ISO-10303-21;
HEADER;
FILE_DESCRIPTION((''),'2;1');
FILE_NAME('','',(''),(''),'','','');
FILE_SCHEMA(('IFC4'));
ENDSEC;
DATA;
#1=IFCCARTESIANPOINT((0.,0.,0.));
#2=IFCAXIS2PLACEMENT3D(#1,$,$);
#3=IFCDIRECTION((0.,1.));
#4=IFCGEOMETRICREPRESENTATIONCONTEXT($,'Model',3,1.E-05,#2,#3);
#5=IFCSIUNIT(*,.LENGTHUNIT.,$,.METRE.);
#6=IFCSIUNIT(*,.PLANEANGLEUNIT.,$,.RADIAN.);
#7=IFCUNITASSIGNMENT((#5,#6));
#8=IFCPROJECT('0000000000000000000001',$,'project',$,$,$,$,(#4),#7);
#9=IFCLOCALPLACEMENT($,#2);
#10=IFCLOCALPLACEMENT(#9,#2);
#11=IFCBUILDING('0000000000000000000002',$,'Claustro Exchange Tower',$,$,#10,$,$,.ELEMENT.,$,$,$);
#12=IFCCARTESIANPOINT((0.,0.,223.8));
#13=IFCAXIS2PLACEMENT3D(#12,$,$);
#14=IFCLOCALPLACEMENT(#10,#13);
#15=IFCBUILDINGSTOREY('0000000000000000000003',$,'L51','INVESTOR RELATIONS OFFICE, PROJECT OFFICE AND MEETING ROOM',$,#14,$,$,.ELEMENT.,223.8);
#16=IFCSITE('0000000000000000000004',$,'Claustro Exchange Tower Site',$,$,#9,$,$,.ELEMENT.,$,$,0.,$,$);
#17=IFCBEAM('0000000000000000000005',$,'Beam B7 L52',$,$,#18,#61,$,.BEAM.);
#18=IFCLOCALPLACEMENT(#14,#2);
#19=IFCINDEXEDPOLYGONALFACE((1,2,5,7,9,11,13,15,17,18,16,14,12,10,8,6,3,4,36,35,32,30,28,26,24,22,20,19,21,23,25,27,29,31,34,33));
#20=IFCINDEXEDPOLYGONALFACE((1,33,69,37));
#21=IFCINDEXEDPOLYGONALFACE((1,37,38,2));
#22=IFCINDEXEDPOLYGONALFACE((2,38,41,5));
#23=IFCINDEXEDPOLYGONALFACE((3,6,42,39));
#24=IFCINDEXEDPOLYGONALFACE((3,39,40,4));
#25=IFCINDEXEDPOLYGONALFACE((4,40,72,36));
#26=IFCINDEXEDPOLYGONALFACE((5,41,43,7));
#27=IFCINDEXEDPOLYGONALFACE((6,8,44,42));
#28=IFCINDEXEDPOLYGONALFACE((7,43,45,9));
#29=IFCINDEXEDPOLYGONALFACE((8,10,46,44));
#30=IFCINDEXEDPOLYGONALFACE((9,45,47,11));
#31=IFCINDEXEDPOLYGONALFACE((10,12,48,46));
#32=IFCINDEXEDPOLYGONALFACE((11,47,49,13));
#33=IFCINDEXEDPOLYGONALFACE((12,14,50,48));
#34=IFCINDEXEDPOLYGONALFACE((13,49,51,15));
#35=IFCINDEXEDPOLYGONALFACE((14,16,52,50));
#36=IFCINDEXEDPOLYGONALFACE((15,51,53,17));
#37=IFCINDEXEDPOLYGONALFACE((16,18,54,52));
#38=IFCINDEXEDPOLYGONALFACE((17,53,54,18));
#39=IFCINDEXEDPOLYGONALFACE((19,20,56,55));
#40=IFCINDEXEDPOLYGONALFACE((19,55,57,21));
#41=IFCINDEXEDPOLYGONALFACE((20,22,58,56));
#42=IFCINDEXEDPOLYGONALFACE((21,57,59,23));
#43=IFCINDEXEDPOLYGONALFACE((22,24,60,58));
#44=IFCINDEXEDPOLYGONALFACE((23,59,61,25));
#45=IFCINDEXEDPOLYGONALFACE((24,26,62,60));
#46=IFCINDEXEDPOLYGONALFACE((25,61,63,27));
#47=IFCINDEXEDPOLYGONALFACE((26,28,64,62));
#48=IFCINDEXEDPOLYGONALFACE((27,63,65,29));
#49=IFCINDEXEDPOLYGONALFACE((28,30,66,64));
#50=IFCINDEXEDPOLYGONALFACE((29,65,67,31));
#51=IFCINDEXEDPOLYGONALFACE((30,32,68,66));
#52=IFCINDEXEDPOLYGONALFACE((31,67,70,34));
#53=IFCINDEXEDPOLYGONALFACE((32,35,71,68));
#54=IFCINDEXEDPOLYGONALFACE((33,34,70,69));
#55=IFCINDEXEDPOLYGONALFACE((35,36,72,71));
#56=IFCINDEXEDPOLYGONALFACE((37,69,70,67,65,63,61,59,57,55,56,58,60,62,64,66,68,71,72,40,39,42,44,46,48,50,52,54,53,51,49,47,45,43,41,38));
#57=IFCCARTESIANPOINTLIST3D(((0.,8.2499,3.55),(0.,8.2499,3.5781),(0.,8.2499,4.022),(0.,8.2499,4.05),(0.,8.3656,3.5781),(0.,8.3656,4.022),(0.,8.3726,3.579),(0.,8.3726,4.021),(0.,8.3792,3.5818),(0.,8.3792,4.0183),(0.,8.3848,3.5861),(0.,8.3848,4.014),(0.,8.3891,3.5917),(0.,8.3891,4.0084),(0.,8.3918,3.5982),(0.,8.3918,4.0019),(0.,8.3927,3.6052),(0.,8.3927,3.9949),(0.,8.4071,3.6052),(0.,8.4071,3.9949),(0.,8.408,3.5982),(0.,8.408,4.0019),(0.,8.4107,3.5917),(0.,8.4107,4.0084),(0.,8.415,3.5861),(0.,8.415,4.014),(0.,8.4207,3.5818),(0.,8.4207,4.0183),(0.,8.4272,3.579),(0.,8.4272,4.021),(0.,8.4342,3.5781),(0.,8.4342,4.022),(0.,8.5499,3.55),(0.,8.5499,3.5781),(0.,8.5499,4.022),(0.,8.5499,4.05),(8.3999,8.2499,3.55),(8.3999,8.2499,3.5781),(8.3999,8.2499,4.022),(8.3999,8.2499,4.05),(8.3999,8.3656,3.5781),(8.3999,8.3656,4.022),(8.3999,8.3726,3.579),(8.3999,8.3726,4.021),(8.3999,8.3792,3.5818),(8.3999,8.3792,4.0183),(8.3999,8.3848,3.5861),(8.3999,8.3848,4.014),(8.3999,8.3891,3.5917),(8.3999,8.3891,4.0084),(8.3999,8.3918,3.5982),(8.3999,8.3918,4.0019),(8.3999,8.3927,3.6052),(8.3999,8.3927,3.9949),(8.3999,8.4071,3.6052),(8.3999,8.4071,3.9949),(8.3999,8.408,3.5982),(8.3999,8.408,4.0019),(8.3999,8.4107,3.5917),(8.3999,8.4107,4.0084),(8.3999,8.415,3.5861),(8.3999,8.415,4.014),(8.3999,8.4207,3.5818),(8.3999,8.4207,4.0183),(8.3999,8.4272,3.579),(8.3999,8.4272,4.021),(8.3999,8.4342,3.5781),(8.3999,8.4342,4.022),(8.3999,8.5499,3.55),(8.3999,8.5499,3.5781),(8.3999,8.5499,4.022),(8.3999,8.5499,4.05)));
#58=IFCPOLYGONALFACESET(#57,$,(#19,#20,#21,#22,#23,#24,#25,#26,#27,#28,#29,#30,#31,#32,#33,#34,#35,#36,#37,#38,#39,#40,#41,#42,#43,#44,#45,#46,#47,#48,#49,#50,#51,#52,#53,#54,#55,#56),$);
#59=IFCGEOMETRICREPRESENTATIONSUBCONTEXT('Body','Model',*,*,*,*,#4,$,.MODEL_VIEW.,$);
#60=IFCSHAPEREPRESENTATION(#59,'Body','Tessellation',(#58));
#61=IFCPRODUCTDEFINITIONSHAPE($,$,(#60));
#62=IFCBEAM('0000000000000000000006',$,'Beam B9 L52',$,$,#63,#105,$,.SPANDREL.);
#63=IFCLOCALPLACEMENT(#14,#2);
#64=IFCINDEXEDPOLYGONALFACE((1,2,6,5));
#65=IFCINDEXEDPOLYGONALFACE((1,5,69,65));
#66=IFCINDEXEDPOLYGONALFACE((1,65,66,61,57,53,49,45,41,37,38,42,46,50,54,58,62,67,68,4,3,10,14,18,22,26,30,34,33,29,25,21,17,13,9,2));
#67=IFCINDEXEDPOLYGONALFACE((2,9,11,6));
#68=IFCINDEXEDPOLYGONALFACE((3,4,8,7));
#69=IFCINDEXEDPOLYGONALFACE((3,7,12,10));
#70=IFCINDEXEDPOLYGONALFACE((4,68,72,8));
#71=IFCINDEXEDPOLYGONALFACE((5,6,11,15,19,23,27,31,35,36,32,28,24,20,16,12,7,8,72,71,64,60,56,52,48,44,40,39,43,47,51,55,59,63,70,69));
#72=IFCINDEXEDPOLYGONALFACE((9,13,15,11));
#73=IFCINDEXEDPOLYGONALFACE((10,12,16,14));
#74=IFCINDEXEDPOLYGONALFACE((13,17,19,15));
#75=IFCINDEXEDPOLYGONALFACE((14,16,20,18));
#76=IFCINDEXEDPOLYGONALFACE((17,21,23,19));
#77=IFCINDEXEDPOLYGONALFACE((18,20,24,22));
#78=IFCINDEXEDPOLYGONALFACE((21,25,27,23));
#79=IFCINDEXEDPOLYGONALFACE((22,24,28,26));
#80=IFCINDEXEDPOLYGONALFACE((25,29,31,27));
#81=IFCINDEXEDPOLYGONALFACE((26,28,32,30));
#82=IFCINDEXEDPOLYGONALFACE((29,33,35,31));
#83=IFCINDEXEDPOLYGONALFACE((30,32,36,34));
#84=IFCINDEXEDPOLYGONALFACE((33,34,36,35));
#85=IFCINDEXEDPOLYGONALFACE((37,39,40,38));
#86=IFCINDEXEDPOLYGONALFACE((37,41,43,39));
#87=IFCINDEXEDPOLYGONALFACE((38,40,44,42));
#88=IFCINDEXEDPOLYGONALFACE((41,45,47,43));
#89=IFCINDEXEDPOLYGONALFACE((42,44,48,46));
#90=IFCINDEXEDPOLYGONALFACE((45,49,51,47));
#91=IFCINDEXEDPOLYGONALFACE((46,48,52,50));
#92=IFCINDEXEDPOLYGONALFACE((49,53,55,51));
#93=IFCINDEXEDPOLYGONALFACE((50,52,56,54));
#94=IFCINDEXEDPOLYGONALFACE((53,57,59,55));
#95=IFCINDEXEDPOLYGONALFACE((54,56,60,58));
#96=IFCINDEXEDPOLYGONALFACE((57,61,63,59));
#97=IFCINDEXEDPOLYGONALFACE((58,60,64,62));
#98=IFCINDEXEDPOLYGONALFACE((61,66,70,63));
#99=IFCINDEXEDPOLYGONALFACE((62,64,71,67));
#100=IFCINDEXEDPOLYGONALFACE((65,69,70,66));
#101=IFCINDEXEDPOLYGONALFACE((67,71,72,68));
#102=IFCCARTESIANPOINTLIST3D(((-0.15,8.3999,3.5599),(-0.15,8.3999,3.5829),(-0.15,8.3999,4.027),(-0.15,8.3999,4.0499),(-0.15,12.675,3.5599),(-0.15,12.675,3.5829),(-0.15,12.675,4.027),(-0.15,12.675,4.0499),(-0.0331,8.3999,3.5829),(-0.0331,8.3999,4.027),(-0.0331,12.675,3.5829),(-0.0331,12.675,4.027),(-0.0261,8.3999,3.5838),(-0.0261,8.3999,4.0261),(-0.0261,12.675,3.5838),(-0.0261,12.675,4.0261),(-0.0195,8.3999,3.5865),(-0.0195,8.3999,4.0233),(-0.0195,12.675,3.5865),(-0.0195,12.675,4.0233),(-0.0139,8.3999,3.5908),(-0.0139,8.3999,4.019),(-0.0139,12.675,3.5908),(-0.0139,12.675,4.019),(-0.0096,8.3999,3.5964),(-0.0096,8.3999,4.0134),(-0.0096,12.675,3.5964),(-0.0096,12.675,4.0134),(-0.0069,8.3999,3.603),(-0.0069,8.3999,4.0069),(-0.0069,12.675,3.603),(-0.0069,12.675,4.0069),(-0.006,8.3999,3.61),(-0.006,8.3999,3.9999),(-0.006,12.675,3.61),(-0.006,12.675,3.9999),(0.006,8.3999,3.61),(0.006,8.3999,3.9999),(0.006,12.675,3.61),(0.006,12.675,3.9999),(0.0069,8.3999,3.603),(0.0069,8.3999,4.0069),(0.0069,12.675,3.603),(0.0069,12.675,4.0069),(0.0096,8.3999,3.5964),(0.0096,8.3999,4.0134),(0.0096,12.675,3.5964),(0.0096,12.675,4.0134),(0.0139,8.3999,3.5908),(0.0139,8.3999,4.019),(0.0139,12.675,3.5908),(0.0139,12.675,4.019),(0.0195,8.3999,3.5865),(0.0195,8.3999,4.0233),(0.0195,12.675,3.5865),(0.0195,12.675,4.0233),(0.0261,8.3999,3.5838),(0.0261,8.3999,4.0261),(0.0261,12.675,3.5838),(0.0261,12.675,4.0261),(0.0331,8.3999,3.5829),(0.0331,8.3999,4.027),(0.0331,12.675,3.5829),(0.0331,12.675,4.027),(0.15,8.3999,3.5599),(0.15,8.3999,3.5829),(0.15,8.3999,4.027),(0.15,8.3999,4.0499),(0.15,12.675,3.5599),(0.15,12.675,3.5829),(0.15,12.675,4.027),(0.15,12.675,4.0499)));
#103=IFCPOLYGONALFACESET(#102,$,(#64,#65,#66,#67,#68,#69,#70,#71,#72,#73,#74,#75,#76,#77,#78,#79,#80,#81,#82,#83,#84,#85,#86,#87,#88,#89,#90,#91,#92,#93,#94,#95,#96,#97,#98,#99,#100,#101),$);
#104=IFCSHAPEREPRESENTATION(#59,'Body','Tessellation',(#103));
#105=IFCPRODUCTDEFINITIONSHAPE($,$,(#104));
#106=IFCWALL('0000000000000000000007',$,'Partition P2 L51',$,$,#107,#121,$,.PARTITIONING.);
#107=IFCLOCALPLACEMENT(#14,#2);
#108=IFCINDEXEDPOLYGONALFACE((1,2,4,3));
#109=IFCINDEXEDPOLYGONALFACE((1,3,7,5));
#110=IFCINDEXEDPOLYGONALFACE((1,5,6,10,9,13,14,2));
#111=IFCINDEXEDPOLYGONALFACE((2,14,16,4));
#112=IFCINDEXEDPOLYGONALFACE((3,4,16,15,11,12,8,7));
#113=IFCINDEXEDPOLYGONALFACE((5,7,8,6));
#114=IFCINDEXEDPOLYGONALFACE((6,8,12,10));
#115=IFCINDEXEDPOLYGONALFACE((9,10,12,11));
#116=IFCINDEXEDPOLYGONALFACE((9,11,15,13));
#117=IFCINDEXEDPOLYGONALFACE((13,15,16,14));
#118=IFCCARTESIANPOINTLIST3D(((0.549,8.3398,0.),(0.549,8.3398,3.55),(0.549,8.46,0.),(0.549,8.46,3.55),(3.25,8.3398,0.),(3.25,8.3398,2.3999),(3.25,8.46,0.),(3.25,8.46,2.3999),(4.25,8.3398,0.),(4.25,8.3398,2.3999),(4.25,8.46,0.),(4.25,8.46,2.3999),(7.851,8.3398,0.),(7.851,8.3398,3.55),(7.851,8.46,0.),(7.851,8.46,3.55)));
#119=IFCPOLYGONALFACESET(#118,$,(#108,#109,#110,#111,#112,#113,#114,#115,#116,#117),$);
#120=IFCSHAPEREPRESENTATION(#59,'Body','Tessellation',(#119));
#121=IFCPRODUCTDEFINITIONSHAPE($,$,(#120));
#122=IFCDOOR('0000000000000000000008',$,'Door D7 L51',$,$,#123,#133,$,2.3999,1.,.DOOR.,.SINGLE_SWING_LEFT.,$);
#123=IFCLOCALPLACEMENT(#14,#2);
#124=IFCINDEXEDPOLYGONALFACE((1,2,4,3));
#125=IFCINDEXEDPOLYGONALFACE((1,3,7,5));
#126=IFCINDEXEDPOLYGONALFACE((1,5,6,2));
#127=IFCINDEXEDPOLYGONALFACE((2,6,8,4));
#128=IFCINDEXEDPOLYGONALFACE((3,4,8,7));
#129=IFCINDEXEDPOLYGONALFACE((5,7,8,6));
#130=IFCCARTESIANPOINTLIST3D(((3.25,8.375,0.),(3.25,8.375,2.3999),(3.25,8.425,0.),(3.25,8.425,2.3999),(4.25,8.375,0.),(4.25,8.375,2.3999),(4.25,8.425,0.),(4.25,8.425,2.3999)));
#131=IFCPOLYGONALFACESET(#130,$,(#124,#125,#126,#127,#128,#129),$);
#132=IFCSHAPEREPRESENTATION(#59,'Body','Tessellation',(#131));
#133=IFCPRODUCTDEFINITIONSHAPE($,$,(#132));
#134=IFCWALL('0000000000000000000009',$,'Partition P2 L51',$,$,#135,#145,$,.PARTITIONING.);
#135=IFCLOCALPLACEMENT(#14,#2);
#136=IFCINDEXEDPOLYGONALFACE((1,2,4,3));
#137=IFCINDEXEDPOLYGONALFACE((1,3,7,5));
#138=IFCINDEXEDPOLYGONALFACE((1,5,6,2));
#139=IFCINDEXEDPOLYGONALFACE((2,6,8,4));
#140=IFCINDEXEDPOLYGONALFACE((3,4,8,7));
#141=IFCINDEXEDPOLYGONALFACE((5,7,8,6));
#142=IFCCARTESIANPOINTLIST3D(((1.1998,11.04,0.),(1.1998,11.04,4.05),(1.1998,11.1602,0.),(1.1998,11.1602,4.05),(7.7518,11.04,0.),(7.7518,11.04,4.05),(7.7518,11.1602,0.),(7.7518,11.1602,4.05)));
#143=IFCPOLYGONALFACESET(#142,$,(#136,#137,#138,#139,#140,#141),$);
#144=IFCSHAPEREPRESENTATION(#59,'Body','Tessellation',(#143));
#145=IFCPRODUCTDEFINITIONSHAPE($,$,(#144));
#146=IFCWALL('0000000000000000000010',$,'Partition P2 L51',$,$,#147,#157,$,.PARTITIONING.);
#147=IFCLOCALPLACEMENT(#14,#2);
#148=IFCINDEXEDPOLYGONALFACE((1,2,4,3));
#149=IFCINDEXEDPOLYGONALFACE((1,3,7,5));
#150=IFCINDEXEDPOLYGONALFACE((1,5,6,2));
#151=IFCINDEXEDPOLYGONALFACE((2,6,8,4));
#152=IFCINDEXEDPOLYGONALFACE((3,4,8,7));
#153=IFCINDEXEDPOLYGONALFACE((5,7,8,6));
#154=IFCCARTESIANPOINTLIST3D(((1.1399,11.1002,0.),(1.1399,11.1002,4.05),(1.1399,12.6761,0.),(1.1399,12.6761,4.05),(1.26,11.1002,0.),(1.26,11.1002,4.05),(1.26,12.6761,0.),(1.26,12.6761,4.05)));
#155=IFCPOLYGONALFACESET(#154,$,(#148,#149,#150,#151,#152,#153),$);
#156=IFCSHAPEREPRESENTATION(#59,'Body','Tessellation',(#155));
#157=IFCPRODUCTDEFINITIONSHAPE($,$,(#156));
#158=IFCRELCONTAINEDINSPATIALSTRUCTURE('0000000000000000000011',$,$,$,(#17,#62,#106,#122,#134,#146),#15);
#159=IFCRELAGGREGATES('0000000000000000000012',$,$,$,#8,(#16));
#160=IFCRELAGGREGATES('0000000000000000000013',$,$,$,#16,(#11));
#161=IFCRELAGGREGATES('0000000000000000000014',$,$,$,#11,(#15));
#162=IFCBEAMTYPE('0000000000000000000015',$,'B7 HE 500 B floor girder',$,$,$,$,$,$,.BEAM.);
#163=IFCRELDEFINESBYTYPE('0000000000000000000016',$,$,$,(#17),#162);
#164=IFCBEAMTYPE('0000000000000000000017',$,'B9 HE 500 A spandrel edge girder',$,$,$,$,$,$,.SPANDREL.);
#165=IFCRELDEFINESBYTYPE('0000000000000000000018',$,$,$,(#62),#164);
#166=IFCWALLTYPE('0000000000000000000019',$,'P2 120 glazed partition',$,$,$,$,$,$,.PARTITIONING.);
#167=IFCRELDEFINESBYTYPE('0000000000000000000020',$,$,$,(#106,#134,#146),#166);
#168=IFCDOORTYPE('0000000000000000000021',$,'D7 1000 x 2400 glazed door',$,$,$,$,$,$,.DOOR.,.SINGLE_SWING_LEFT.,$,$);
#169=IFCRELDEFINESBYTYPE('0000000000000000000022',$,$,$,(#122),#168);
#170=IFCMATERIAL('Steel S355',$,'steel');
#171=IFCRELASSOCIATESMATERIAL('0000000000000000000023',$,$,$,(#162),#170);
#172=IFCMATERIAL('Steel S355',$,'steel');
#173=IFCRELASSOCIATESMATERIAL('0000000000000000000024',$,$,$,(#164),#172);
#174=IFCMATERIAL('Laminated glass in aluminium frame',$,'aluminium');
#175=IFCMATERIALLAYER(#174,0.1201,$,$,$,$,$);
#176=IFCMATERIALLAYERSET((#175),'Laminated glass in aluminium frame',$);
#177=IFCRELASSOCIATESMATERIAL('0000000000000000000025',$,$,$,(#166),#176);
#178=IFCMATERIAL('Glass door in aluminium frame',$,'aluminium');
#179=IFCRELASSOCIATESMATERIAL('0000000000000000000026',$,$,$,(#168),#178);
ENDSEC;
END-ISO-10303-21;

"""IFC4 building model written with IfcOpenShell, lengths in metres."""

from ifc_helpers import new_model, si_unit, direction, frame, frame_2d, origin, origin_2d, place, context, subcontext, project, spatial, rectangle, i_section, extrude, material, layer, layer_set, material_profile, profile_set, type_object, element, fill, save


model = new_model("IFC4")

# Units and contexts
model_context = context("Model", 3, precision=1e-05, world=origin(), true_north=direction((0.0, 1.0)))
body_context = subcontext(model_context, "Body", "Model", "MODEL_VIEW")
ifc_project = project(units=[si_unit("LENGTHUNIT", "METRE"), si_unit("PLANEANGLEUNIT", "RADIAN")], contexts=[model_context])

# Site, building, storey
site_placement = place(None, origin())
site = spatial("IfcSite", under=ifc_project, at=site_placement, Name="Claustro Exchange Tower Site", CompositionType="ELEMENT", RefElevation=0.0)
building_placement = place(site_placement, origin())
building = spatial("IfcBuilding", under=site, at=building_placement, Name="Claustro Exchange Tower", CompositionType="ELEMENT")
storey_placement = place(building_placement, frame((0.0, 0.0, 223.8)))
storey = spatial("IfcBuildingStorey", under=building, at=storey_placement, Name="L51", Description="INVESTOR RELATIONS OFFICE, PROJECT OFFICE AND MEETING ROOM", CompositionType="ELEMENT", Elevation=223.8)

# Beams
ifc_material_1 = material(Name="Steel S355", Category="steel")
ifc_material_profile_1 = material_profile(ifc_material_1, i_section(OverallWidth=0.3, OverallDepth=0.5, WebThickness=0.0144, FlangeThickness=0.0281, FilletRadius=0.0271, at=origin_2d()), Name="HE 500 B")
ifc_profile_set_1 = profile_set([ifc_material_profile_1], Name="Steel S355")
beam_type_1 = type_object("IfcBeamType", Name="B7 HE 500 B floor girder", PredefinedType="BEAM", material=ifc_profile_set_1)
beam_1_placement = place(storey_placement, frame((0.0, 8.3999, 3.8), z_axis=(1.0, 0.0, 0.0), x_axis=(0.0, 1.0, 0.0)))
element("IfcBeam", 1, at=beam_1_placement, inside=storey, type_object=beam_type_1, Name="Beam B7 L52", PredefinedType="BEAM", context=body_context, shape_type="SweptSolid", body=[
    extrude(i_section(OverallWidth=0.3, OverallDepth=0.5, WebThickness=0.0144, FlangeThickness=0.0281, FilletRadius=0.0271, at=origin_2d()), origin(), (0.0, 0.0, 1.0), 8.3999),
])
ifc_material_2 = material(Name="Steel S355", Category="steel")
ifc_material_profile_2 = material_profile(ifc_material_2, i_section(OverallWidth=0.3, OverallDepth=0.49, WebThickness=0.012, FlangeThickness=0.0229, FilletRadius=0.0271, at=origin_2d()), Name="HE 500 A")
ifc_profile_set_2 = profile_set([ifc_material_profile_2], Name="Steel S355")
beam_type_2 = type_object("IfcBeamType", Name="B9 HE 500 A spandrel edge girder", PredefinedType="SPANDREL", material=ifc_profile_set_2)
beam_2_placement = place(storey_placement, frame((0.0, 8.3999, 3.8049), z_axis=(0.0, 1.0, 0.0), x_axis=(-1.0, 0.0, 0.0)))
element("IfcBeam", 2, at=beam_2_placement, inside=storey, type_object=beam_type_2, Name="Beam B9 L52", PredefinedType="SPANDREL", context=body_context, shape_type="SweptSolid", body=[
    extrude(i_section(OverallWidth=0.3, OverallDepth=0.49, WebThickness=0.012, FlangeThickness=0.0229, FilletRadius=0.0271, at=origin_2d()), origin(), (0.0, 0.0, 1.0), 4.2751),
])

# Wall, opening, door
ifc_material_3 = material(Name="Laminated glass in aluminium frame", Category="aluminium")
ifc_layer = layer(ifc_material_3, 0.1201)
ifc_layer_set = layer_set([ifc_layer], Name="Laminated glass in aluminium frame")
wall_type = type_object("IfcWallType", Name="P2 120 glazed partition", PredefinedType="PARTITIONING", material=ifc_layer_set)
wall_1_placement = place(storey_placement, frame((0.5491, 8.3999, 0.0), z_axis=(0.0, 0.0, 1.0), x_axis=(1.0, 0.0, 0.0)))
wall_1 = element("IfcWall", 3, at=wall_1_placement, inside=storey, type_object=wall_type, Name="Partition P2 L51", PredefinedType="PARTITIONING", context=body_context, shape_type="SweptSolid", body=[
    extrude(rectangle(XDim=7.302, YDim=0.1201, at=frame_2d((3.6509, 0.0))), origin(), (0.0, 0.0, 1.0), 3.55),
])
opening_placement = place(wall_1_placement, frame((2.7009, 0.0, 0.0)))
opening = element("IfcOpeningElement", 4, at=opening_placement, cuts=wall_1, PredefinedType="OPENING", context=body_context, shape_type="SweptSolid", body=[
    extrude(rectangle(XDim=1.0, YDim=2.3999, at=frame_2d((0.5, 1.2))), frame((0.0, 0.0701, 0.0), z_axis=(0.0, -1.0, 0.0), x_axis=(1.0, 0.0, 0.0)), (0.0, 0.0, 1.0), 0.1401),
])
ifc_material_4 = material(Name="Glass door in aluminium frame", Category="aluminium")
door_type = type_object("IfcDoorType", Name="D7 1000 x 2400 glazed door", OperationType="SINGLE_SWING_LEFT", PredefinedType="DOOR", material=ifc_material_4)
door_placement = place(opening_placement, frame((1.0, 0.0, 0.0), z_axis=(0.0, 0.0, 1.0), x_axis=(-1.0, 0.0, 0.0)))
door = element("IfcDoor", 5, at=door_placement, inside=storey, type_object=door_type, Name="Door D7 L51", OperationType="SINGLE_SWING_LEFT", OverallHeight=2.3999, OverallWidth=1.0, PredefinedType="DOOR", context=body_context, shape_type="SweptSolid", body=[
    extrude(rectangle(XDim=1.0, YDim=2.3999, at=frame_2d((0.5, 1.2))), frame((0.0, 0.0249, 0.0), z_axis=(0.0, -1.0, 0.0), x_axis=(1.0, 0.0, 0.0)), (0.0, 0.0, 1.0), 0.05),
])
fill(opening, door)

# Walls
wall_2_placement = place(storey_placement, frame((1.2, 11.1001, 0.0), z_axis=(0.0, 0.0, 1.0), x_axis=(1.0, 0.0, 0.0)))
element("IfcWall", 6, at=wall_2_placement, inside=storey, type_object=wall_type, Name="Partition P2 L51", PredefinedType="PARTITIONING", context=body_context, shape_type="SweptSolid", body=[
    extrude(rectangle(XDim=6.552, YDim=0.1201, at=frame_2d((3.2759, 0.0))), origin(), (0.0, 0.0, 1.0), 4.05),
])
wall_3_placement = place(storey_placement, frame((1.2, 11.1001, 0.0), z_axis=(0.0, 0.0, 1.0), x_axis=(0.0, 1.0, 0.0)))
element("IfcWall", 7, at=wall_3_placement, inside=storey, type_object=wall_type, Name="Partition P2 L51", PredefinedType="PARTITIONING", context=body_context, shape_type="SweptSolid", body=[
    extrude(rectangle(XDim=1.5759, YDim=0.1201, at=frame_2d((0.7881, 0.0))), origin(), (0.0, 0.0, 1.0), 4.05),
])

save(model, "model.ifc")
